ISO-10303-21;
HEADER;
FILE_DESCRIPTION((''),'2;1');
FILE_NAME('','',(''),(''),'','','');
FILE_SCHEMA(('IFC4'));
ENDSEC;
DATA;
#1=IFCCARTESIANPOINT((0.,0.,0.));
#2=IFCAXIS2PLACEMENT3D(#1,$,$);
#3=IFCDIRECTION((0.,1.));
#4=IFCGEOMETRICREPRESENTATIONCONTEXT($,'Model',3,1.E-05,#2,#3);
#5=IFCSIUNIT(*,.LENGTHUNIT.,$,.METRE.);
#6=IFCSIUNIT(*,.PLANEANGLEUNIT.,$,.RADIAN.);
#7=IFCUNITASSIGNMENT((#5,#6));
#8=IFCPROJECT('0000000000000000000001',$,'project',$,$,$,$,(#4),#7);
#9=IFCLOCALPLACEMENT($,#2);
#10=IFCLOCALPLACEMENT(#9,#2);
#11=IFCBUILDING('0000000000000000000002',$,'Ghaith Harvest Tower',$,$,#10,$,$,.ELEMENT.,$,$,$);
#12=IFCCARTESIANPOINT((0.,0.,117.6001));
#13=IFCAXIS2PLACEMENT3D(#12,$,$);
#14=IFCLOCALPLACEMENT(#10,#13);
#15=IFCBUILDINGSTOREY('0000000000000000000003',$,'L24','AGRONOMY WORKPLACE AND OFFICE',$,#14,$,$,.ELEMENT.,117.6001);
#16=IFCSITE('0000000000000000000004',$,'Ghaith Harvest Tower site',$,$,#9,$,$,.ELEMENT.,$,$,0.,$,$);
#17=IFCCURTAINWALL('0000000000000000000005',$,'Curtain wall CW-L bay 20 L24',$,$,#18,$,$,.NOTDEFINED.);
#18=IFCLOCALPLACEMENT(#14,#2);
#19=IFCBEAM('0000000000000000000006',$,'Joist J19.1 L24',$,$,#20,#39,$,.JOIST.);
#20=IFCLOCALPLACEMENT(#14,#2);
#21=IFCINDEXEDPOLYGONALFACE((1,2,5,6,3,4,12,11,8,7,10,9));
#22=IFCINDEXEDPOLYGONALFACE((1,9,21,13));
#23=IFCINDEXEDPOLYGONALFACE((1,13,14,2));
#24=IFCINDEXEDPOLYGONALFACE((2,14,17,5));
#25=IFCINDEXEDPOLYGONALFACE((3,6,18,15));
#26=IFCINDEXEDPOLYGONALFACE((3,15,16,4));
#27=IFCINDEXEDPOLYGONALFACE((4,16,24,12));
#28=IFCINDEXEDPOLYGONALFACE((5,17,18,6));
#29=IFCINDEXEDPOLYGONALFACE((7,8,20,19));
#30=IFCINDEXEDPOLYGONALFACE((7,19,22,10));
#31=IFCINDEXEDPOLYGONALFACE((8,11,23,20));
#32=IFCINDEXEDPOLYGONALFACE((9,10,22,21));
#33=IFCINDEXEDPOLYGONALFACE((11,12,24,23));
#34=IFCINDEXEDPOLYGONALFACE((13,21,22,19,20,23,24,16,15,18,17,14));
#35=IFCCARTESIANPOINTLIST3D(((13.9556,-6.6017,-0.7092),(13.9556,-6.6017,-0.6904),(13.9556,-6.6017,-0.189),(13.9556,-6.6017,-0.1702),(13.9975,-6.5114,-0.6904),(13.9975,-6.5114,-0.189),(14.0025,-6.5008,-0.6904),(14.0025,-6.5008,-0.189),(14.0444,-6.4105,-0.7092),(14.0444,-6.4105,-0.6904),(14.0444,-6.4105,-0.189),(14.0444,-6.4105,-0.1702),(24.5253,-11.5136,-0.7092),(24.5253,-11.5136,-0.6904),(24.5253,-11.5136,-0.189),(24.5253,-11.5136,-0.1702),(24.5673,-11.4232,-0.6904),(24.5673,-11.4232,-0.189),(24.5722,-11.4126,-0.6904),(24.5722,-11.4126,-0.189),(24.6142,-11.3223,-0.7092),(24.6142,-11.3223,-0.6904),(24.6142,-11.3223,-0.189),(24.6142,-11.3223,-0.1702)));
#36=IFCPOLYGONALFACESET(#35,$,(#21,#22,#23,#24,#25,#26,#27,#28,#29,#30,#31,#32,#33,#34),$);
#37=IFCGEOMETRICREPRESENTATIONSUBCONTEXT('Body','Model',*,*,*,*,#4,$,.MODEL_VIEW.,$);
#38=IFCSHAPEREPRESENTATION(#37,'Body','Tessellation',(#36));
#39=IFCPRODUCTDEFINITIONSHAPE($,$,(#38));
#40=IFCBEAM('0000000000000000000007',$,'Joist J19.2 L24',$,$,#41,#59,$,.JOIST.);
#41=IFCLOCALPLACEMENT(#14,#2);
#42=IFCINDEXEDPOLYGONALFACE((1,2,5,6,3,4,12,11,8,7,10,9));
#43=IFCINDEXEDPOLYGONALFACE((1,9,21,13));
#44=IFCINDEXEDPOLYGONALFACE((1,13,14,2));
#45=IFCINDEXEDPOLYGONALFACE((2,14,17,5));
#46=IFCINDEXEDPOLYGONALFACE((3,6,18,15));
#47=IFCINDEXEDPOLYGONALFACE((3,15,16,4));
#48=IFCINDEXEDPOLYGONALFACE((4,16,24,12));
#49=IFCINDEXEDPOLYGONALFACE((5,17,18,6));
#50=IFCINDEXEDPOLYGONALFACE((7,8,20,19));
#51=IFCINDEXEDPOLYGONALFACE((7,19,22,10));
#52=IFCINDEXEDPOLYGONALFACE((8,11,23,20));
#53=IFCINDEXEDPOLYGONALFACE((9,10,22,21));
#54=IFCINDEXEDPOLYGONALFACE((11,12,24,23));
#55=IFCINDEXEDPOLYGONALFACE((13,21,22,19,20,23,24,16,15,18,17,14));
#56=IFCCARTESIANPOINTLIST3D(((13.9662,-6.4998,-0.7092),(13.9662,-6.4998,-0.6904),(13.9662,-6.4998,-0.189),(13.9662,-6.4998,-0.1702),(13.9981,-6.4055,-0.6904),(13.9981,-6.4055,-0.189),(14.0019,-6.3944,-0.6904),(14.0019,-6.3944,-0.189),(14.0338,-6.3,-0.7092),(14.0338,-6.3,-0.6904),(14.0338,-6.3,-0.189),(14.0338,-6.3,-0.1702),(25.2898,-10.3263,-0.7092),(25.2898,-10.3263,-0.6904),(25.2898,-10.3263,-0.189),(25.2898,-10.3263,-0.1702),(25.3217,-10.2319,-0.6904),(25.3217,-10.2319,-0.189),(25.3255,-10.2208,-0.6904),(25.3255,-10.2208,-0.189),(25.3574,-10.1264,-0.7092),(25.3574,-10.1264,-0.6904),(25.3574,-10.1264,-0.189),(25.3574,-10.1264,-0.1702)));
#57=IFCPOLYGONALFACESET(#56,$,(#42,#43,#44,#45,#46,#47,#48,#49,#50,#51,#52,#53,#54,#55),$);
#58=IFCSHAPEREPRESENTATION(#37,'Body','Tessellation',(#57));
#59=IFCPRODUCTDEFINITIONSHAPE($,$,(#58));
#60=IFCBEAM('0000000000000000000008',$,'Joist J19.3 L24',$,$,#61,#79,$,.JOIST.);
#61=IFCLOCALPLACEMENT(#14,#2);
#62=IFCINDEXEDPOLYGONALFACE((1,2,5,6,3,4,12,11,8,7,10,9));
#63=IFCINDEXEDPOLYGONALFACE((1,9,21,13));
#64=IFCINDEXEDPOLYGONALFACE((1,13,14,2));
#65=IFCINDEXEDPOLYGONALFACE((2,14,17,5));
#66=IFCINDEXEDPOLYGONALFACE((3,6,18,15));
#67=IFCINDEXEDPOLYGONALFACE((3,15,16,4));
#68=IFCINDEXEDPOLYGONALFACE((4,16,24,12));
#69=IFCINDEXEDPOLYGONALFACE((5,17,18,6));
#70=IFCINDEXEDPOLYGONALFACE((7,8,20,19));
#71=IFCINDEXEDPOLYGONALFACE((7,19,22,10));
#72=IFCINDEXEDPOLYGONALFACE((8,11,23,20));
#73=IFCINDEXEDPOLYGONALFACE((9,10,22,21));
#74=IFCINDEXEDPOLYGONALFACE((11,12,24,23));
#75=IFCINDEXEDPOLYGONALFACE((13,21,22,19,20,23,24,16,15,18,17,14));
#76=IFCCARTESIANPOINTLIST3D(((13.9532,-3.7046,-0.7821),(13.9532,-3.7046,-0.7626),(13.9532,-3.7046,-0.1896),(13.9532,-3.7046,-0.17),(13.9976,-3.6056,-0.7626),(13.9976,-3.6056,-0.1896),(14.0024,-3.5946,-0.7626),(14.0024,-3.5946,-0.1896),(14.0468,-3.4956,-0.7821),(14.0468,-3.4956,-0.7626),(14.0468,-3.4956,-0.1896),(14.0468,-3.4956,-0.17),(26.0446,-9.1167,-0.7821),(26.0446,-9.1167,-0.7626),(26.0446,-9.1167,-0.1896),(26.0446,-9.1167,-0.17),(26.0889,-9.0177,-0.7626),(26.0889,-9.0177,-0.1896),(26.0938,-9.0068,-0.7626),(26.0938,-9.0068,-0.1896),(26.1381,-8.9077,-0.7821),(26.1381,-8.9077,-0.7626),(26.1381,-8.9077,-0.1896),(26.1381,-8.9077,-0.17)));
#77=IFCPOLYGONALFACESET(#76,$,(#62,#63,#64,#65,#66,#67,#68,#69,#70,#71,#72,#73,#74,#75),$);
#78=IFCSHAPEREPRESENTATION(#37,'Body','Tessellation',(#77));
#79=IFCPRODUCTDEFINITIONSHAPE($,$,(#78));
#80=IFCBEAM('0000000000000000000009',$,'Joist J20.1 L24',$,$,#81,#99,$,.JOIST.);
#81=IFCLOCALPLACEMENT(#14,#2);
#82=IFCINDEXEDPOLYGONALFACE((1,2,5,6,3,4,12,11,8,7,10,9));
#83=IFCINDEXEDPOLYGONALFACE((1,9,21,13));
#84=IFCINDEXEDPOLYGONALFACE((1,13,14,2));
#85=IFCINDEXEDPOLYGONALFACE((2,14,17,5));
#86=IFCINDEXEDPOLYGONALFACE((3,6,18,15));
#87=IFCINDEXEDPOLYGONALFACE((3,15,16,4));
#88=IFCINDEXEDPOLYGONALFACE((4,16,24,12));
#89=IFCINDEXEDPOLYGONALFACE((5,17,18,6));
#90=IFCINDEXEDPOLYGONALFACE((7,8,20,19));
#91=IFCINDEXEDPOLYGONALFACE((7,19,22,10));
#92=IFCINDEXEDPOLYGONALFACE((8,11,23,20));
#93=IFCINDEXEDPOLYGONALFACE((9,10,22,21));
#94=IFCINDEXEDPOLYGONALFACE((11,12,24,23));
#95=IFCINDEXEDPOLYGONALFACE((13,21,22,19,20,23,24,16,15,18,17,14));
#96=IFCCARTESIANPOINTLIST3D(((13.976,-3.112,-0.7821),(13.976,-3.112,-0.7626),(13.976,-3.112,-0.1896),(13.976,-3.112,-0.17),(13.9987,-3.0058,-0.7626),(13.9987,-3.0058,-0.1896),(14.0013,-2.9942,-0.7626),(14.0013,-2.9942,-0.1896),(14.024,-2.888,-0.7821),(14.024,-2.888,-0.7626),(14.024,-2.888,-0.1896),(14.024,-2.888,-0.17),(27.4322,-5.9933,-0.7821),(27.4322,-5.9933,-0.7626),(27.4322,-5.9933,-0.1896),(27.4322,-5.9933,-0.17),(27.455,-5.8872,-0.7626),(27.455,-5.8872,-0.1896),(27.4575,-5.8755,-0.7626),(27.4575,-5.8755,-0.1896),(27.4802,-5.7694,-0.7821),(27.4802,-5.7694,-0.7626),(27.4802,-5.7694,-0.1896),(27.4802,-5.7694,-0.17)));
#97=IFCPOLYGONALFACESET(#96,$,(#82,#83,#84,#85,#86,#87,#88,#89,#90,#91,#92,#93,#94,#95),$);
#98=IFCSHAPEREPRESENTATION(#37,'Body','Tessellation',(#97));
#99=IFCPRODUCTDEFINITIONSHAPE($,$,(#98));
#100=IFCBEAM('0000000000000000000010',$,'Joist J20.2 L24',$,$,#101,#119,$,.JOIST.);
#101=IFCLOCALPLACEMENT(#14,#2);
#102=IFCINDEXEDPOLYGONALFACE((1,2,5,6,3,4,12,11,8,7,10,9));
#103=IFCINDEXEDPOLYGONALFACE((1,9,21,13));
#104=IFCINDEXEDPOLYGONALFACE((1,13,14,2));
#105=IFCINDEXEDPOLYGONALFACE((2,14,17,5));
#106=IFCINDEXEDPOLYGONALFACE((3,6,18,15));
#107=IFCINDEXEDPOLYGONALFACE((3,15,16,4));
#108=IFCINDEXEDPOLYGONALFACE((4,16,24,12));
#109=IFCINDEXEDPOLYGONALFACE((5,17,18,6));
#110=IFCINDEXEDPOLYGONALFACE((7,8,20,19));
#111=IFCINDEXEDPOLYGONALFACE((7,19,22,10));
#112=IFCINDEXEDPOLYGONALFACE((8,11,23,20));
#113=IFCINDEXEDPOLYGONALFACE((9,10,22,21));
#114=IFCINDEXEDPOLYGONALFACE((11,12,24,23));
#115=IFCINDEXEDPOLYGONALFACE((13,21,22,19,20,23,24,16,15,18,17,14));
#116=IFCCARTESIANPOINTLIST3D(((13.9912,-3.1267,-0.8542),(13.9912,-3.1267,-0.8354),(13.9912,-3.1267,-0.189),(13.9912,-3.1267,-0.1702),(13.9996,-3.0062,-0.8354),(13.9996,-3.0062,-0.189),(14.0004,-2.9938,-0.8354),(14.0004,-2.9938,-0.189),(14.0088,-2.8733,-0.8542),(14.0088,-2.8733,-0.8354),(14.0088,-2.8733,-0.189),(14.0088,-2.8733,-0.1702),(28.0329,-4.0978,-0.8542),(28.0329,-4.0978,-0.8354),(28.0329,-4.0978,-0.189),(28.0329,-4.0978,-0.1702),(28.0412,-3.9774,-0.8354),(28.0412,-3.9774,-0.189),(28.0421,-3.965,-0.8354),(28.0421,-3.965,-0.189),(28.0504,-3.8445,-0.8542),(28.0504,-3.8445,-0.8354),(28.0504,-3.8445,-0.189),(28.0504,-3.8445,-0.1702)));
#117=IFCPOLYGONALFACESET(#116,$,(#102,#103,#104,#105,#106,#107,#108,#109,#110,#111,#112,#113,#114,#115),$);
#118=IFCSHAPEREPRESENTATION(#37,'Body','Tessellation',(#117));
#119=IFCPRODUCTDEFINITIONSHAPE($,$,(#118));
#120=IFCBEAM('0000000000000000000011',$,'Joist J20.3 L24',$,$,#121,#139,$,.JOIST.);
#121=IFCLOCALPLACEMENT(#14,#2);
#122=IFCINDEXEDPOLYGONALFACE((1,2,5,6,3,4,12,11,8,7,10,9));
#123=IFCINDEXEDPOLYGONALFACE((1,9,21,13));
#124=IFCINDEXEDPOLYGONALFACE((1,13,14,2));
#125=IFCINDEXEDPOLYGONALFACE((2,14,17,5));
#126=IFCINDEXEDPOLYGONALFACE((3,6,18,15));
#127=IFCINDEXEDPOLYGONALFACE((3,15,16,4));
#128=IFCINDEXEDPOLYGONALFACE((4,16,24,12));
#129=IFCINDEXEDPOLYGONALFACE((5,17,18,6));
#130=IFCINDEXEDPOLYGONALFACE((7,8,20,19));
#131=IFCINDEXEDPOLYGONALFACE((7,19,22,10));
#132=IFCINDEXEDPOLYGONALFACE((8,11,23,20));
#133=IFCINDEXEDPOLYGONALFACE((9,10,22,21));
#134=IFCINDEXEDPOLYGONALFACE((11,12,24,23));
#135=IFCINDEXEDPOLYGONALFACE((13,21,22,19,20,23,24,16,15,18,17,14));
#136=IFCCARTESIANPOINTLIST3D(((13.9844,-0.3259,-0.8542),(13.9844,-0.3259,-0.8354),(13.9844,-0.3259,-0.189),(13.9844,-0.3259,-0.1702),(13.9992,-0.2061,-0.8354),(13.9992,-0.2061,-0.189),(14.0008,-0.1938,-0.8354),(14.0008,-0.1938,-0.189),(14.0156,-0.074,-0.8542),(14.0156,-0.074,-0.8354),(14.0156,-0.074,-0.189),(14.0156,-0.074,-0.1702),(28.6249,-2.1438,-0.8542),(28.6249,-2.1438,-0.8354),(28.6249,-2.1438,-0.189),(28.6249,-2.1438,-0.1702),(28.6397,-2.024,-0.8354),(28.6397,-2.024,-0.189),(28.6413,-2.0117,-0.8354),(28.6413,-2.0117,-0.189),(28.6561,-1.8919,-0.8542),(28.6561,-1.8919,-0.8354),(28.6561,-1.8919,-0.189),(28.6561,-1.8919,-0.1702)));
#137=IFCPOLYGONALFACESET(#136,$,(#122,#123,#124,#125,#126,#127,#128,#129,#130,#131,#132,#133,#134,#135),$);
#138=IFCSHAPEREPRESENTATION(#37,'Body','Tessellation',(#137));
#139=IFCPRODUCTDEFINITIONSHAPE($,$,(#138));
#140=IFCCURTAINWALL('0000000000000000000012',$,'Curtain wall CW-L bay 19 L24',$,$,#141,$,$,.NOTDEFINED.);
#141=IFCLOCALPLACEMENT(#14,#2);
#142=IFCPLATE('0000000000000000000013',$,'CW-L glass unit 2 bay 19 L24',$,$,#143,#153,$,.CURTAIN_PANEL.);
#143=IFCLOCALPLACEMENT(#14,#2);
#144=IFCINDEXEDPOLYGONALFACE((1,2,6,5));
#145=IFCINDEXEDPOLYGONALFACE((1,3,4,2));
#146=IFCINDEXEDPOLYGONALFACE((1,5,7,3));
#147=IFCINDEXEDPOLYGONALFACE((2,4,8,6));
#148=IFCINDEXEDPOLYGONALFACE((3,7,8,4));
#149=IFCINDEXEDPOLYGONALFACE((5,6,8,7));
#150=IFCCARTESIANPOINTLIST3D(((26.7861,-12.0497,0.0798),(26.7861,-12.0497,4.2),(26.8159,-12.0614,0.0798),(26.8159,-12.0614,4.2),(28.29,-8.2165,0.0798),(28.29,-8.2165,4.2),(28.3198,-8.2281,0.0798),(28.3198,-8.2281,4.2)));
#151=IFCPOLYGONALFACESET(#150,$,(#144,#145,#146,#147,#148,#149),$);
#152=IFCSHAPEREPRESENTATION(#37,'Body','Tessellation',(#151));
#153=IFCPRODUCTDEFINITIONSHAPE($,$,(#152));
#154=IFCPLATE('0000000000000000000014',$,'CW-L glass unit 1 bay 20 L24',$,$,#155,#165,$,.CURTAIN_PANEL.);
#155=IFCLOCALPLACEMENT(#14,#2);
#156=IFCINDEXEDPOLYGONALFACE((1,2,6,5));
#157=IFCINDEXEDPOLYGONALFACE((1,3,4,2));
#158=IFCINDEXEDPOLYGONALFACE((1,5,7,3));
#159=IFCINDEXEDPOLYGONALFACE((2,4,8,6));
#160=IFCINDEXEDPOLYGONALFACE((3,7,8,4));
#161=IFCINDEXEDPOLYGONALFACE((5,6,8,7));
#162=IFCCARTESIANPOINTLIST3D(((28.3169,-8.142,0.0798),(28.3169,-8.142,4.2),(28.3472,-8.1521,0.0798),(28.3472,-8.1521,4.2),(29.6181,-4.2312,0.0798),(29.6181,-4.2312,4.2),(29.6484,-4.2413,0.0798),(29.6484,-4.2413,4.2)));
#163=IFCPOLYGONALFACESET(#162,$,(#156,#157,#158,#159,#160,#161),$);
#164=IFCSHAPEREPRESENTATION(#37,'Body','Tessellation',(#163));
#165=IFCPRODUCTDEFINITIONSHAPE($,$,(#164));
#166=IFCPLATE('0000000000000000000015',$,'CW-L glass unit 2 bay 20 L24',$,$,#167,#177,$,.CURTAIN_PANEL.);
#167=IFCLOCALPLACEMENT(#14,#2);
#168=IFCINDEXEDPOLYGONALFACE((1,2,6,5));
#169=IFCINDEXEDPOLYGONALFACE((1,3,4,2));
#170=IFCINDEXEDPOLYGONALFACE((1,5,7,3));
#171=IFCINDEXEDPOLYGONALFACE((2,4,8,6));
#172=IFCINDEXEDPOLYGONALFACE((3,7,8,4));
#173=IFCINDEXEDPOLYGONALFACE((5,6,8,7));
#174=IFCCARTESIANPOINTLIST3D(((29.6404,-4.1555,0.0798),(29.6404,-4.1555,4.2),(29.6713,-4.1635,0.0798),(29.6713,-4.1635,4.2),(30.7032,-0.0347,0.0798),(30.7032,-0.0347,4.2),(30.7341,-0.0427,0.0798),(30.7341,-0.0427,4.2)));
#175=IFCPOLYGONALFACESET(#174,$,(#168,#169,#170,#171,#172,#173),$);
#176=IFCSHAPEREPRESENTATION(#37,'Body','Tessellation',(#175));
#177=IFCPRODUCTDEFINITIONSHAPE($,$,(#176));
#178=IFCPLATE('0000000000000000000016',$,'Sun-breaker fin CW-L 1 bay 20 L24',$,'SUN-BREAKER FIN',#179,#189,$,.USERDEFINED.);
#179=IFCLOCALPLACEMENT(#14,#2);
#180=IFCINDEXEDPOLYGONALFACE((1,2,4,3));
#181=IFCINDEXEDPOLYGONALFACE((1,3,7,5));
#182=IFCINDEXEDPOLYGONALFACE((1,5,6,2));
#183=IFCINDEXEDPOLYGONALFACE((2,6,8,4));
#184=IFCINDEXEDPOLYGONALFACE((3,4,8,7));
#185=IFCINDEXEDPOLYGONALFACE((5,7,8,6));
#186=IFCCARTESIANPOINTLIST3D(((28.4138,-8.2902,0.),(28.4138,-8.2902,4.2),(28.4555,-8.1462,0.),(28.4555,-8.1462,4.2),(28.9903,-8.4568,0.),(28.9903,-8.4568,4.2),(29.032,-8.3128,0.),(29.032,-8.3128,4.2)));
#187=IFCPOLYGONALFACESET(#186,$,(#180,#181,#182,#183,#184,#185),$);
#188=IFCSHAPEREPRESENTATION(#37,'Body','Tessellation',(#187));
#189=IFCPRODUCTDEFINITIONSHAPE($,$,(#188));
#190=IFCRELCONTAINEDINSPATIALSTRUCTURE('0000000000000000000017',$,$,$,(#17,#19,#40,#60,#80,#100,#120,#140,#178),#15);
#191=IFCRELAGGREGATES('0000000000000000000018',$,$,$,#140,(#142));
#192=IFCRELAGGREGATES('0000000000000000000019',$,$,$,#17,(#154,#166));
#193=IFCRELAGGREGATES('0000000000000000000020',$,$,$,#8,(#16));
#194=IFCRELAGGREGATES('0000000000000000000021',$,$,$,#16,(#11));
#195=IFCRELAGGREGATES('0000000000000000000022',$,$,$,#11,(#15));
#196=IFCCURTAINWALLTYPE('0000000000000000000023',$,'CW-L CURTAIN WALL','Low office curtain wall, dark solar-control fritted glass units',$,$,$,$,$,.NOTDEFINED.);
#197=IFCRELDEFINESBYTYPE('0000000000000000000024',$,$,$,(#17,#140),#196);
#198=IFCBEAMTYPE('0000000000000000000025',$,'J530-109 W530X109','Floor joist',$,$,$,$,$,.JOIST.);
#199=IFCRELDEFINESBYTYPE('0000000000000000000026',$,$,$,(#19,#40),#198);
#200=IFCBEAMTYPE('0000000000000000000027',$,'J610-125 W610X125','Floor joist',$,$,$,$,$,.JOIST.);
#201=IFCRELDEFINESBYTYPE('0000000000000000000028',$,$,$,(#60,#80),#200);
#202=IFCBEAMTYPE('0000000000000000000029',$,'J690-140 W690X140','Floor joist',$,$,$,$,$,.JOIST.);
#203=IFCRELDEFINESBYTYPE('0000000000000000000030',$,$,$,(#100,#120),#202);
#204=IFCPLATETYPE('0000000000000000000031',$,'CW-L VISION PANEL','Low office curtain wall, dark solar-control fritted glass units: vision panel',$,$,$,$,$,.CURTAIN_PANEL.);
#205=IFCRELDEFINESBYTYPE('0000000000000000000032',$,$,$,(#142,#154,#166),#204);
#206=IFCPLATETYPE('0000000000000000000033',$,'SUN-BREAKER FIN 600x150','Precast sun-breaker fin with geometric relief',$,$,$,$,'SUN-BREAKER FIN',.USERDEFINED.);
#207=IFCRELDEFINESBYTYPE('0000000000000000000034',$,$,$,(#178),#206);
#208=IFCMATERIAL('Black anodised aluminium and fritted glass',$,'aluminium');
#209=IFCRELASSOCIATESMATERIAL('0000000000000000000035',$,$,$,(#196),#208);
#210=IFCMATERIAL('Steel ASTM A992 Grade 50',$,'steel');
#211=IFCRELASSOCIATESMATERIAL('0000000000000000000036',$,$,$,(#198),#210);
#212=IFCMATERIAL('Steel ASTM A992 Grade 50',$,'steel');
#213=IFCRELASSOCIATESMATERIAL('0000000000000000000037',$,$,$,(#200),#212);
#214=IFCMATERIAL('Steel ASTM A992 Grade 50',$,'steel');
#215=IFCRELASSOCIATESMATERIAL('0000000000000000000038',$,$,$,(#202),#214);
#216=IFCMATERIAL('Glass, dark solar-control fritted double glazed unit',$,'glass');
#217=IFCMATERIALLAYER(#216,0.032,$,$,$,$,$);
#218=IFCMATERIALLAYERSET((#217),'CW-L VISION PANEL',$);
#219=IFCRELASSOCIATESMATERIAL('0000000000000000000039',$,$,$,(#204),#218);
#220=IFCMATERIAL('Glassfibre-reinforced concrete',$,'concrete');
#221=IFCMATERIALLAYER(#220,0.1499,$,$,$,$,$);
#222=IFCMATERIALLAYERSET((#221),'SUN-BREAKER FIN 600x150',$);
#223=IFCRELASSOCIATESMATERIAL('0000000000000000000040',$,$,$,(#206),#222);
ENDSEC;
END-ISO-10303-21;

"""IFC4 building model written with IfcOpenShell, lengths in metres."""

from ifc_helpers import new_model, si_unit, direction, frame, origin, origin_2d, place, context, subcontext, project, spatial, rectangle, i_section, extrude, material, layer, layer_set, material_profile, profile_set, type_object, element, aggregate, save


model = new_model("IFC4")

# Units and contexts
model_context = context("Model", 3, precision=1e-05, world=origin(), true_north=direction((0.0, 1.0)))
body_context = subcontext(model_context, "Body", "Model", "MODEL_VIEW")
ifc_project = project(units=[si_unit("LENGTHUNIT", "METRE"), si_unit("PLANEANGLEUNIT", "RADIAN")], contexts=[model_context])

# Site, building, storey
site_placement = place(None, origin())
site = spatial("IfcSite", under=ifc_project, at=site_placement, Name="Ghaith Harvest Tower site", CompositionType="ELEMENT", RefElevation=0.0)
building_placement = place(site_placement, origin())
building = spatial("IfcBuilding", under=site, at=building_placement, Name="Ghaith Harvest Tower", CompositionType="ELEMENT")
storey_placement = place(building_placement, frame((0.0, 0.0, 117.6001)))
storey = spatial("IfcBuildingStorey", under=building, at=storey_placement, Name="L24", Description="AGRONOMY WORKPLACE AND OFFICE", CompositionType="ELEMENT", Elevation=117.6001)

# Curtain wall
ifc_material_1 = material(Name="Black anodised aluminium and fritted glass", Category="aluminium")
curtain_wall_type = type_object("IfcCurtainWallType", Name="CW-L CURTAIN WALL", Description="Low office curtain wall, dark solar-control fritted glass units", PredefinedType="NOTDEFINED", material=ifc_material_1)
curtain_wall_1_placement = place(storey_placement, origin())
curtain_wall_1 = element("IfcCurtainWall", 1, at=curtain_wall_1_placement, inside=storey, type_object=curtain_wall_type, Name="Curtain wall CW-L bay 20 L24", PredefinedType="NOTDEFINED")

# Beams
ifc_material_2 = material(Name="Steel ASTM A992 Grade 50", Category="steel")
ifc_material_profile_1 = material_profile(ifc_material_2, i_section(OverallWidth=0.2109, OverallDepth=0.5391, WebThickness=0.0117, FlangeThickness=0.0188, at=origin_2d()), Name="W530X109")
ifc_profile_set_1 = profile_set([ifc_material_profile_1], Name="Steel ASTM A992 Grade 50")
beam_type_1 = type_object("IfcBeamType", Name="J530-109 W530X109", Description="Floor joist", PredefinedType="JOIST", material=ifc_profile_set_1)
beam_1_placement = place(storey_placement, frame((14.0, -6.5061, -0.4397), z_axis=(0.906863, -0.421425, 0.0), x_axis=(0.421425, 0.906863, 0.0)))
element("IfcBeam", 2, at=beam_1_placement, inside=storey, type_object=beam_type_1, Name="Joist J19.1 L24", PredefinedType="JOIST", context=body_context, shape_type="SweptSolid", body=[
    extrude(i_section(OverallWidth=0.2109, OverallDepth=0.5391, WebThickness=0.0117, FlangeThickness=0.0188, at=origin_2d()), origin(), (0.0, 0.0, 1.0), 11.6553),
])
beam_2_placement = place(storey_placement, frame((14.0, -6.3999, -0.4397), z_axis=(0.947372, -0.320135, 0.0), x_axis=(0.320135, 0.947372, 0.0)))
element("IfcBeam", 3, at=beam_2_placement, inside=storey, type_object=beam_type_1, Name="Joist J19.2 L24", PredefinedType="JOIST", context=body_context, shape_type="SweptSolid", body=[
    extrude(i_section(OverallWidth=0.2109, OverallDepth=0.5391, WebThickness=0.0117, FlangeThickness=0.0188, at=origin_2d()), origin(), (0.0, 0.0, 1.0), 11.9526),
])
ifc_material_3 = material(Name="Steel ASTM A992 Grade 50", Category="steel")
ifc_material_profile_2 = material_profile(ifc_material_3, i_section(OverallWidth=0.229, OverallDepth=0.6121, WebThickness=0.012, FlangeThickness=0.0195, at=origin_2d()), Name="W610X125")
ifc_profile_set_2 = profile_set([ifc_material_profile_2], Name="Steel ASTM A992 Grade 50")
beam_type_2 = type_object("IfcBeamType", Name="J610-125 W610X125", Description="Floor joist", PredefinedType="JOIST", material=ifc_profile_set_2)
beam_3_placement = place(storey_placement, frame((14.0, -3.6001, -0.4761), z_axis=(0.912738, -0.408545, 0.0), x_axis=(0.408545, 0.912738, 0.0)))
element("IfcBeam", 4, at=beam_3_placement, inside=storey, type_object=beam_type_2, Name="Joist J19.3 L24", PredefinedType="JOIST", context=body_context, shape_type="SweptSolid", body=[
    extrude(i_section(OverallWidth=0.229, OverallDepth=0.6121, WebThickness=0.012, FlangeThickness=0.0195, at=origin_2d()), origin(), (0.0, 0.0, 1.0), 13.2473),
])
beam_4_placement = place(storey_placement, frame((14.0, -3.0, -0.4761), z_axis=(0.977834, -0.20938, 0.0), x_axis=(0.20938, 0.977834, 0.0)))
element("IfcBeam", 5, at=beam_4_placement, inside=storey, type_object=beam_type_2, Name="Joist J20.1 L24", PredefinedType="JOIST", context=body_context, shape_type="SweptSolid", body=[
    extrude(i_section(OverallWidth=0.229, OverallDepth=0.6121, WebThickness=0.012, FlangeThickness=0.0195, at=origin_2d()), origin(), (0.0, 0.0, 1.0), 13.7612),
])
ifc_material_4 = material(Name="Steel ASTM A992 Grade 50", Category="steel")
ifc_material_profile_3 = material_profile(ifc_material_4, i_section(OverallWidth=0.2539, OverallDepth=0.6841, WebThickness=0.0125, FlangeThickness=0.0188, at=origin_2d()), Name="W690X140")
ifc_profile_set_3 = profile_set([ifc_material_profile_3], Name="Steel ASTM A992 Grade 50")
beam_type_3 = type_object("IfcBeamType", Name="J690-140 W690X140", Description="Floor joist", PredefinedType="JOIST", material=ifc_profile_set_3)
beam_5_placement = place(storey_placement, frame((14.0, -3.0, -0.5122), z_axis=(0.997617, -0.069, 0.0), x_axis=(0.069, 0.997617, 0.0)))
element("IfcBeam", 6, at=beam_5_placement, inside=storey, type_object=beam_type_3, Name="Joist J20.2 L24", PredefinedType="JOIST", context=body_context, shape_type="SweptSolid", body=[
    extrude(i_section(OverallWidth=0.2539, OverallDepth=0.6841, WebThickness=0.0125, FlangeThickness=0.0188, at=origin_2d()), origin(), (0.0, 0.0, 1.0), 14.0752),
])
beam_6_placement = place(storey_placement, frame((14.0, -0.2, -0.5122), z_axis=(0.992379, -0.123222, 0.0), x_axis=(0.123222, 0.992379, 0.0)))
element("IfcBeam", 7, at=beam_6_placement, inside=storey, type_object=beam_type_3, Name="Joist J20.3 L24", PredefinedType="JOIST", context=body_context, shape_type="SweptSolid", body=[
    extrude(i_section(OverallWidth=0.2539, OverallDepth=0.6841, WebThickness=0.0125, FlangeThickness=0.0188, at=origin_2d()), origin(), (0.0, 0.0, 1.0), 14.7529),
])

# Curtain wall, plate
curtain_wall_2_placement = place(storey_placement, origin())
curtain_wall_2 = element("IfcCurtainWall", 8, at=curtain_wall_2_placement, inside=storey, type_object=curtain_wall_type, Name="Curtain wall CW-L bay 19 L24", PredefinedType="NOTDEFINED")
ifc_material_5 = material(Name="Glass, dark solar-control fritted double glazed unit", Category="glass")
ifc_layer_1 = layer(ifc_material_5, 0.032)
ifc_layer_set_1 = layer_set([ifc_layer_1], Name="CW-L VISION PANEL")
plate_type_1 = type_object("IfcPlateType", Name="CW-L VISION PANEL", Description="Low office curtain wall, dark solar-control fritted glass units: vision panel", PredefinedType="CURTAIN_PANEL", material=ifc_layer_set_1)
plate_1_placement = place(storey_placement, frame((27.553, -10.1389, 0.0798), z_axis=(0.0, 0.0, 1.0), x_axis=(0.365226, 0.930919, 0.0)))
plate_1 = element("IfcPlate", 9, at=plate_1_placement, type_object=plate_type_1, Name="CW-L glass unit 2 bay 19 L24", PredefinedType="CURTAIN_PANEL", context=body_context, shape_type="SweptSolid", body=[
    extrude(rectangle(XDim=4.1177, YDim=0.032, at=origin_2d()), origin(), (0.0, 0.0, 1.0), 4.1201),
])
aggregate(curtain_wall_2, [plate_1])

# Plates
plate_2_placement = place(storey_placement, frame((28.9827, -6.1917, 0.0798), z_axis=(0.0, 0.0, 1.0), x_axis=(0.315708, 0.948856, 0.0)))
plate_2 = element("IfcPlate", 10, at=plate_2_placement, type_object=plate_type_1, Name="CW-L glass unit 1 bay 20 L24", PredefinedType="CURTAIN_PANEL", context=body_context, shape_type="SweptSolid", body=[
    extrude(rectangle(XDim=4.1216, YDim=0.032, at=origin_2d()), origin(), (0.0, 0.0, 1.0), 4.1201),
])
plate_3_placement = place(storey_placement, frame((30.1873, -2.0991, 0.0798), z_axis=(0.0, 0.0, 1.0), x_axis=(0.249744, 0.968312, 0.0)))
plate_3 = element("IfcPlate", 11, at=plate_3_placement, type_object=plate_type_1, Name="CW-L glass unit 2 bay 20 L24", PredefinedType="CURTAIN_PANEL", context=body_context, shape_type="SweptSolid", body=[
    extrude(rectangle(XDim=4.2556, YDim=0.032, at=origin_2d()), origin(), (0.0, 0.0, 1.0), 4.1201),
])
aggregate(curtain_wall_1, [plate_2, plate_3])
ifc_material_6 = material(Name="Glassfibre-reinforced concrete", Category="concrete")
ifc_layer_2 = layer(ifc_material_6, 0.1499)
ifc_layer_set_2 = layer_set([ifc_layer_2], Name="SUN-BREAKER FIN 600x150")
plate_type_2 = type_object("IfcPlateType", Name="SUN-BREAKER FIN 600x150", Description="Precast sun-breaker fin with geometric relief", ElementType="SUN-BREAKER FIN", PredefinedType="USERDEFINED", material=ifc_layer_set_2)
plate_4_placement = place(storey_placement, frame((28.7229, -8.3015, 0.0), z_axis=(0.0, 0.0, 1.0), x_axis=(0.96068, -0.277657, 0.0)))
element("IfcPlate", 12, at=plate_4_placement, inside=storey, type_object=plate_type_2, Name="Sun-breaker fin CW-L 1 bay 20 L24", ObjectType="SUN-BREAKER FIN", PredefinedType="USERDEFINED", context=body_context, shape_type="SweptSolid", body=[
    extrude(rectangle(XDim=0.6001, YDim=0.1499, at=origin_2d()), origin(), (0.0, 0.0, 1.0), 4.2),
])

save(model, "model.ifc")
